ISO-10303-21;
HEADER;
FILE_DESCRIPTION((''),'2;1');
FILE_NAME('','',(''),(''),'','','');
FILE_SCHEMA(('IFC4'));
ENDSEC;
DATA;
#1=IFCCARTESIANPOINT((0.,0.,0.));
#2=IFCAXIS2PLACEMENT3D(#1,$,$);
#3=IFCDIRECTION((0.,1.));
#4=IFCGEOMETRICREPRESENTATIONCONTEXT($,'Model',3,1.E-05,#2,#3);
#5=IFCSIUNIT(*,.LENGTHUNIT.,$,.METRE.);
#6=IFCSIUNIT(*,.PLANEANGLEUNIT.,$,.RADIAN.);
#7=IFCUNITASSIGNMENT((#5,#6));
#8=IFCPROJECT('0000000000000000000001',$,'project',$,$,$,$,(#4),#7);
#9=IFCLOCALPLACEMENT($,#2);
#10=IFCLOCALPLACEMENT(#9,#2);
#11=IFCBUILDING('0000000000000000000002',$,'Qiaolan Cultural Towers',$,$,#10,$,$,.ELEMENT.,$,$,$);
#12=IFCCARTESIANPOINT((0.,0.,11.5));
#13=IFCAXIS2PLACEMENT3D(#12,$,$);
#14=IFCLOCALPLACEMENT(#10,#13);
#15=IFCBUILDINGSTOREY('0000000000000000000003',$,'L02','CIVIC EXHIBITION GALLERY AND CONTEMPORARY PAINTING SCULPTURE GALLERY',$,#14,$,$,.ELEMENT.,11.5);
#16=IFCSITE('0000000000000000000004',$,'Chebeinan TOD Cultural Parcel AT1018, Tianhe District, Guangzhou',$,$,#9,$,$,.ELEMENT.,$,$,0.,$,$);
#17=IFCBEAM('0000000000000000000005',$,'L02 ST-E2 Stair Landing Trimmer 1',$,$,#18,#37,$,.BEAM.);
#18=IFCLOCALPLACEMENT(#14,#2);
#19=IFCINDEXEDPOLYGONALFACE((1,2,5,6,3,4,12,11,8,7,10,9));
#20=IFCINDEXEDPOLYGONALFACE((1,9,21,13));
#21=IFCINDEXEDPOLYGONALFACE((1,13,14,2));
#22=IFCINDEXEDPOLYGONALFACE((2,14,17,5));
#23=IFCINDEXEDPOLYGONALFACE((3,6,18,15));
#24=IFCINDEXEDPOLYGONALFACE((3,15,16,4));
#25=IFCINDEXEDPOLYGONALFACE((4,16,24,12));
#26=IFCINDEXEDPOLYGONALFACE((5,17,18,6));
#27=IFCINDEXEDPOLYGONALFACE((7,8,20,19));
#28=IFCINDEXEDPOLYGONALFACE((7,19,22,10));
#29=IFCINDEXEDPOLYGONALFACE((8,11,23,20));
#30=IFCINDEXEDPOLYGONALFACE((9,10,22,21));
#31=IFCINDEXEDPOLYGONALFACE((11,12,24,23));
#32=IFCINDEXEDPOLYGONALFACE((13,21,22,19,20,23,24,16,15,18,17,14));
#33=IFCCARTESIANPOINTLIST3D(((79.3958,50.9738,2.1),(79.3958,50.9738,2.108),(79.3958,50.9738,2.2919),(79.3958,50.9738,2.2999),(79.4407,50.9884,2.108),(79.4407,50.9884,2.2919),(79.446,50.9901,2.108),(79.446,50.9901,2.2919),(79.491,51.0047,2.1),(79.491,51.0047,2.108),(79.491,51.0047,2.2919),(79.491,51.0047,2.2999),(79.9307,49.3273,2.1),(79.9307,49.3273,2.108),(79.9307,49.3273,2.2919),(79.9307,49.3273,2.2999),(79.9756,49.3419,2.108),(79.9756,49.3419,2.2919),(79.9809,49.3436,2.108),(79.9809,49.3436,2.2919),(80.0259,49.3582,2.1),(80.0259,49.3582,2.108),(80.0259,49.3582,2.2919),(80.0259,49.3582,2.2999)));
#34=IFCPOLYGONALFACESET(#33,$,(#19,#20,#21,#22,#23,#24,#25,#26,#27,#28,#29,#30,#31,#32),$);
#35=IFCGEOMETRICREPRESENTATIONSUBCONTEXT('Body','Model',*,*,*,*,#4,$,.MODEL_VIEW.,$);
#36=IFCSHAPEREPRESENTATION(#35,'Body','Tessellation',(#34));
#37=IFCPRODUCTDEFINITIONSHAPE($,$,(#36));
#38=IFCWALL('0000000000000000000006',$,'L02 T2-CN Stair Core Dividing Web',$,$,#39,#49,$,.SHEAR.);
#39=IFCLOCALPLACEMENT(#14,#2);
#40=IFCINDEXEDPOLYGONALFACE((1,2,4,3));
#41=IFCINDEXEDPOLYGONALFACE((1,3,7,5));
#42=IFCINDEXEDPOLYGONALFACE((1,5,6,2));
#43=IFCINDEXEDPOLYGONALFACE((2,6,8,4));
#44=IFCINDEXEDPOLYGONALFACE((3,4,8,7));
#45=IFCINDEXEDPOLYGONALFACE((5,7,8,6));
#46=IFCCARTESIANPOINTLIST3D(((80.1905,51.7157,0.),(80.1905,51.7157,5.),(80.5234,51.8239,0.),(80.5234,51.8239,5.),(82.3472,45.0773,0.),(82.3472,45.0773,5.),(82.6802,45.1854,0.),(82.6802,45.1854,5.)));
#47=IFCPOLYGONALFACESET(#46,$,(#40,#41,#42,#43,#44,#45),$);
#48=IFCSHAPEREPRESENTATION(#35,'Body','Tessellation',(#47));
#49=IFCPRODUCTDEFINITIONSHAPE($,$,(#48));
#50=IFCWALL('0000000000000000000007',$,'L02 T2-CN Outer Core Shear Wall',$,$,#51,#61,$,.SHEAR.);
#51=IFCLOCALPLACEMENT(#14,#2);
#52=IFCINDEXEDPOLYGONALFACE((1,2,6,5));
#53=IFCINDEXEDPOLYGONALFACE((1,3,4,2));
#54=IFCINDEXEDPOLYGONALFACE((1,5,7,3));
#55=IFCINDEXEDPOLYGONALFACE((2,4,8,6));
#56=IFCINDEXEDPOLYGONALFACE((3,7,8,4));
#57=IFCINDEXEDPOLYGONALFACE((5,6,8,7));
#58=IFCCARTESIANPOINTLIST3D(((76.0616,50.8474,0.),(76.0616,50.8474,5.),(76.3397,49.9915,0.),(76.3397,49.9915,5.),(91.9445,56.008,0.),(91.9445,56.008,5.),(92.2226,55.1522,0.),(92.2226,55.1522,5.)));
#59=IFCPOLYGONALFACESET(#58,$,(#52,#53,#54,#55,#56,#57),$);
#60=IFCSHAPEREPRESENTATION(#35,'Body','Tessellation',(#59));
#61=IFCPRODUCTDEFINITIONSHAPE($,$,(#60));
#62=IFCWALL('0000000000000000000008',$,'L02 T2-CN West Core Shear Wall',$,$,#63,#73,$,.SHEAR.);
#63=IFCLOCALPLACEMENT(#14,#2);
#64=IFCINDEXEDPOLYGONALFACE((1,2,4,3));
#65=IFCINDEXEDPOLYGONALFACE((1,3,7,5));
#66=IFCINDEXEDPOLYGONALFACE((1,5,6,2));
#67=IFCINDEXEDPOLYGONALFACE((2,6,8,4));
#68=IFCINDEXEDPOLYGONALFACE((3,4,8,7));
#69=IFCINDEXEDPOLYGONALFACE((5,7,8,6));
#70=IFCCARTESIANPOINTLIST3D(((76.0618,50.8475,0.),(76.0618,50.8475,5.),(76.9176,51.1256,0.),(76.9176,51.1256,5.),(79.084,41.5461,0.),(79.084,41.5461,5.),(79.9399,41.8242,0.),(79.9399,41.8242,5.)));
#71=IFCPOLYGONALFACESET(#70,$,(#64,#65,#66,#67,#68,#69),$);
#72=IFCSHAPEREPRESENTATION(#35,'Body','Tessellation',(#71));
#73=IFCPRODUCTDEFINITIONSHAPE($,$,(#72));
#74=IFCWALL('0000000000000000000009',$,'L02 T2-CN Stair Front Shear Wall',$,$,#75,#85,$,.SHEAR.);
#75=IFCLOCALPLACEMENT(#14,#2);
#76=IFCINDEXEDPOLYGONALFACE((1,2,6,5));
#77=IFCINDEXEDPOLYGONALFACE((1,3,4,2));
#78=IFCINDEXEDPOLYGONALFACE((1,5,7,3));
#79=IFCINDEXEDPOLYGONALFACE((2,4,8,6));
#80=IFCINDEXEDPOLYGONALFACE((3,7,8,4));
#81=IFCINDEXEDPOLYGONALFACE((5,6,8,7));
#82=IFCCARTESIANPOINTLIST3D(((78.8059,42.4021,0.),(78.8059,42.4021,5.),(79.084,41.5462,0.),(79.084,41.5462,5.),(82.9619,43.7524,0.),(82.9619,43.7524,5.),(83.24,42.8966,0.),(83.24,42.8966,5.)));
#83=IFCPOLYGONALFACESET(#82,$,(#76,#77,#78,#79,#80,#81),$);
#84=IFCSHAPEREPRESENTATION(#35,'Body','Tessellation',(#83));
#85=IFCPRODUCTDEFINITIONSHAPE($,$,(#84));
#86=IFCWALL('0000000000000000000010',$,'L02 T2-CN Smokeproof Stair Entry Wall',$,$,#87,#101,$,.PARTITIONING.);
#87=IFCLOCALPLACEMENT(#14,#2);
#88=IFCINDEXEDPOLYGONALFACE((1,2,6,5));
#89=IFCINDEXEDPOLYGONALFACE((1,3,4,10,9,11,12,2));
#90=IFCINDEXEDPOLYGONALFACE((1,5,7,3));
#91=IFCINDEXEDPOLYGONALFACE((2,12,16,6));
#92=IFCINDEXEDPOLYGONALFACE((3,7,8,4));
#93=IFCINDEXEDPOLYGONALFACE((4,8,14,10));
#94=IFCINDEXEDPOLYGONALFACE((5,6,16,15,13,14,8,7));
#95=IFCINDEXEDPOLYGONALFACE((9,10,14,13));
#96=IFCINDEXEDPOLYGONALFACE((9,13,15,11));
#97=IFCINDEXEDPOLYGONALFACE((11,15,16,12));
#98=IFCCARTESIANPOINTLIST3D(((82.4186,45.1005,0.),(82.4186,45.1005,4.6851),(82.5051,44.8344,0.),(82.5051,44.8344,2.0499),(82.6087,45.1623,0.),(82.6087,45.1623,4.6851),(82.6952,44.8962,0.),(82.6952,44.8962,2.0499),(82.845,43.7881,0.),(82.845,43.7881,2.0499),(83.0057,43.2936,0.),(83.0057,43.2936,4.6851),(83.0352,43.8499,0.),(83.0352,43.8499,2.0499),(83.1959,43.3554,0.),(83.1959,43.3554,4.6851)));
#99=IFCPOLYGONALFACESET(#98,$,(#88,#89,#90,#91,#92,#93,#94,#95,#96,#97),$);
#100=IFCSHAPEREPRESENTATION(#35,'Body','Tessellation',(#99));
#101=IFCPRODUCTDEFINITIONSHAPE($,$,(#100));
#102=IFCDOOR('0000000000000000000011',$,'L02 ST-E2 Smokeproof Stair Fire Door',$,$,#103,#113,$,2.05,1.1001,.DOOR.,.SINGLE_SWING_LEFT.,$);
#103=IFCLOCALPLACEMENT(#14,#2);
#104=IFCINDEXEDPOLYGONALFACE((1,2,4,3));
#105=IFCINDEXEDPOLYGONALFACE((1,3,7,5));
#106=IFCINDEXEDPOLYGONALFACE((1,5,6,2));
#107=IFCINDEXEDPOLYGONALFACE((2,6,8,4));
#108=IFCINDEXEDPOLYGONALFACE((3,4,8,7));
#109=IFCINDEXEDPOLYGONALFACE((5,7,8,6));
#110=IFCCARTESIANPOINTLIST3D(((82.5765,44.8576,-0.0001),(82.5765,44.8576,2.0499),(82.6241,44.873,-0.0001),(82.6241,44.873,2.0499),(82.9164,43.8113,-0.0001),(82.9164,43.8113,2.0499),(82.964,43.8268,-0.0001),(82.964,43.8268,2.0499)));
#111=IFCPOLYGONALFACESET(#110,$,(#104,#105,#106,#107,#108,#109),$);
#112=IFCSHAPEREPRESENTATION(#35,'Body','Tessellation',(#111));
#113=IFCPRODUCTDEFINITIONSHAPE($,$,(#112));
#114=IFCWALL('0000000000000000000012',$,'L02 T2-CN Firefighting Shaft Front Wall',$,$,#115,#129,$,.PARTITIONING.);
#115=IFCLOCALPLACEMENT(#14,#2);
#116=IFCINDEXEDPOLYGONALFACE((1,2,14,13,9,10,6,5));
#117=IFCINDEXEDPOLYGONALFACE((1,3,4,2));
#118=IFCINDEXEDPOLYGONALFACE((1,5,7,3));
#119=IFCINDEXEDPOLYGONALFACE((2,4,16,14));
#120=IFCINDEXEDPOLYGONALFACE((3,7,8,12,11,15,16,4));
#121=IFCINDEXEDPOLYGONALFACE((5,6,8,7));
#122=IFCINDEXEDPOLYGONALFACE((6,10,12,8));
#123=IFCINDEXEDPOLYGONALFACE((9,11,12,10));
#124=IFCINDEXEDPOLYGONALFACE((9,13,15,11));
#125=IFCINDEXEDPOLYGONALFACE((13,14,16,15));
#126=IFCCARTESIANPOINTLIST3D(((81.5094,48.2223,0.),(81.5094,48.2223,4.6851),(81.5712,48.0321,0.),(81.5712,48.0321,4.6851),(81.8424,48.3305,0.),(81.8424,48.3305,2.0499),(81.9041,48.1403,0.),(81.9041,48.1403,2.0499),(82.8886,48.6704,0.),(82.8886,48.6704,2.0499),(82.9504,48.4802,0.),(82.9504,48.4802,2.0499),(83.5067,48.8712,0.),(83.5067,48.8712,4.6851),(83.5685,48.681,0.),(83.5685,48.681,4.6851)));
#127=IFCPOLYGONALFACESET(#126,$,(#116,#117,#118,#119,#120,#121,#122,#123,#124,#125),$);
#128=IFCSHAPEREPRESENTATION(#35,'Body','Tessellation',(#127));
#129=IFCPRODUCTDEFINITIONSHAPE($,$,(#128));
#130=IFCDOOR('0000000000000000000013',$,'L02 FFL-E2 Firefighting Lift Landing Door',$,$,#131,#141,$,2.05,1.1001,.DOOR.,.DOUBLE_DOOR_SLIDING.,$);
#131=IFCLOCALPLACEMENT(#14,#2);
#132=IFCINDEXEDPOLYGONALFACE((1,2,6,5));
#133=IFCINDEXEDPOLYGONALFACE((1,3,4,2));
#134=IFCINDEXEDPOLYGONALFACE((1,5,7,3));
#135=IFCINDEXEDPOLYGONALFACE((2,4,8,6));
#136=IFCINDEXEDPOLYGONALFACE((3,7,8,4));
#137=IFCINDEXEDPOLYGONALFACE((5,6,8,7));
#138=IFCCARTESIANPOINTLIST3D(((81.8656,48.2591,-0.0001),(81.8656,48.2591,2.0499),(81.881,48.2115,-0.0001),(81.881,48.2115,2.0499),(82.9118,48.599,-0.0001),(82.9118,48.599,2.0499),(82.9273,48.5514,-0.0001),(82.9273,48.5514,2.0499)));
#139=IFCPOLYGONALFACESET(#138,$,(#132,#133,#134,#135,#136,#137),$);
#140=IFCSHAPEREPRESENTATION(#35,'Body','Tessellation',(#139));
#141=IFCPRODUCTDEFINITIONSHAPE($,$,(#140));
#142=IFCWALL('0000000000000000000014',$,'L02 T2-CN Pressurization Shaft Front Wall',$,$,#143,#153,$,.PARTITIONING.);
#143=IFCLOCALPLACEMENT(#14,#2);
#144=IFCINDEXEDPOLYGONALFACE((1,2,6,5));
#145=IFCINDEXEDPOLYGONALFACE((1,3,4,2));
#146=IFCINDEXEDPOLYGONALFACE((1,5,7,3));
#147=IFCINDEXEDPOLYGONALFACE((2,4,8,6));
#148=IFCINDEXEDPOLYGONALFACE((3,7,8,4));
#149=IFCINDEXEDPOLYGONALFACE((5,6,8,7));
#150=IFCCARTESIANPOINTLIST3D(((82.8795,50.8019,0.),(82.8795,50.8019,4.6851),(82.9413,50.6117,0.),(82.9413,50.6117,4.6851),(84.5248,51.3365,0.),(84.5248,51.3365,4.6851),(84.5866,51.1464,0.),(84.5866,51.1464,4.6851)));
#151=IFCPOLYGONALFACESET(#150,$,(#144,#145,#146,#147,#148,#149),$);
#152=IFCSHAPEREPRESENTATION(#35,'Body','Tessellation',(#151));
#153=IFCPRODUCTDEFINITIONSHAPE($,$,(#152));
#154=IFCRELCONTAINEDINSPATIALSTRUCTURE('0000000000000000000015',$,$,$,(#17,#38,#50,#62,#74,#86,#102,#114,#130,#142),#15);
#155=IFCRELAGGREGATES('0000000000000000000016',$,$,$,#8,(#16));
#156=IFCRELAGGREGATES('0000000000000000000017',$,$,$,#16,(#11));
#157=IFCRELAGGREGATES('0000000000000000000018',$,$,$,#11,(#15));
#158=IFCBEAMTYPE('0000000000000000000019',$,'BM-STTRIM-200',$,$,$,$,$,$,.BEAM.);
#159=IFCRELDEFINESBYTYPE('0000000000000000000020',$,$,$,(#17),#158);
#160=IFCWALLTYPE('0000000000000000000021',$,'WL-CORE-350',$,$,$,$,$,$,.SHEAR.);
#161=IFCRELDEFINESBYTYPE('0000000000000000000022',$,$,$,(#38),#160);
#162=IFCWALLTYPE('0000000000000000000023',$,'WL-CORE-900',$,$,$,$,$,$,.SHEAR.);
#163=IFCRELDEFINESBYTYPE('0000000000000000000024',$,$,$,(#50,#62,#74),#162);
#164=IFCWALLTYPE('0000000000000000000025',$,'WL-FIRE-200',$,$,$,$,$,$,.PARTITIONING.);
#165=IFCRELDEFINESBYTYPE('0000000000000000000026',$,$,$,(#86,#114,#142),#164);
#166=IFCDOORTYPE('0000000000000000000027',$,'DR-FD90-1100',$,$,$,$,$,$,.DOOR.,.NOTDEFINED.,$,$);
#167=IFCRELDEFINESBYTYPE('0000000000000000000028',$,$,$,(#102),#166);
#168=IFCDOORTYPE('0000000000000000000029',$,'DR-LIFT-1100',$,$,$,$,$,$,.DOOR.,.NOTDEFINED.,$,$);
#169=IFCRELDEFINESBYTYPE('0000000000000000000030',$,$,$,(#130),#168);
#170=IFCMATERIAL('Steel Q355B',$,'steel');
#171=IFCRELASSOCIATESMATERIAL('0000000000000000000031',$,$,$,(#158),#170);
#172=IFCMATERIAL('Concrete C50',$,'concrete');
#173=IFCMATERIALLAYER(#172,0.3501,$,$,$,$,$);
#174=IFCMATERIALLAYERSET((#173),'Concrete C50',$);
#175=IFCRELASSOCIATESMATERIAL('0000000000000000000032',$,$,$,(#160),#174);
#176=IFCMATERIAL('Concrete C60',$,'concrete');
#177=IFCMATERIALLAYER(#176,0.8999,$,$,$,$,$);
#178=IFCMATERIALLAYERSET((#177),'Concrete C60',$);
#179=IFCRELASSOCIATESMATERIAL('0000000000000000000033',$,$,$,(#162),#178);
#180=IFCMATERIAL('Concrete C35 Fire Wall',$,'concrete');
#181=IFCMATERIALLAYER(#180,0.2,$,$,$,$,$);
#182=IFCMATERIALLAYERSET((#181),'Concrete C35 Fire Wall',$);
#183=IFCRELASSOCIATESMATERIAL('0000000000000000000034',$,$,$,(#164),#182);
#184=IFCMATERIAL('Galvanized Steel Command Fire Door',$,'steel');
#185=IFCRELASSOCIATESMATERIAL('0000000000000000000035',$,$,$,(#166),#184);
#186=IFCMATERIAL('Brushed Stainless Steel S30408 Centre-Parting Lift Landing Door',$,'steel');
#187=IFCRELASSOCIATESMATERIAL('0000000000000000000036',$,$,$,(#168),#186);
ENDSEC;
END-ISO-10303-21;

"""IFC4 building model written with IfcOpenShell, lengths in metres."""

from ifc_helpers import new_model, si_unit, direction, frame, frame_2d, origin, origin_2d, place, context, subcontext, project, spatial, rectangle, i_section, extrude, material, layer, layer_set, material_profile, profile_set, type_object, element, fill, save


model = new_model("IFC4")

# Units and contexts
model_context = context("Model", 3, precision=1e-05, world=origin(), true_north=direction((0.0, 1.0)))
body_context = subcontext(model_context, "Body", "Model", "MODEL_VIEW")
ifc_project = project(units=[si_unit("LENGTHUNIT", "METRE"), si_unit("PLANEANGLEUNIT", "RADIAN")], contexts=[model_context])

# Site, building, storey
site_placement = place(None, origin())
site = spatial("IfcSite", under=ifc_project, at=site_placement, Name="Chebeinan TOD Cultural Parcel AT1018, Tianhe District, Guangzhou", CompositionType="ELEMENT", RefElevation=0.0)
building_placement = place(site_placement, origin())
building = spatial("IfcBuilding", under=site, at=building_placement, Name="Qiaolan Cultural Towers", CompositionType="ELEMENT")
storey_placement = place(building_placement, frame((0.0, 0.0, 11.5)))
storey = spatial("IfcBuildingStorey", under=building, at=storey_placement, Name="L02", Description="CIVIC EXHIBITION GALLERY AND CONTEMPORARY PAINTING SCULPTURE GALLERY", CompositionType="ELEMENT", Elevation=11.5)

# Beam
ifc_material_1 = material(Name="Steel Q355B", Category="steel")
ifc_material_profile_1 = material_profile(ifc_material_1, i_section(OverallWidth=0.1001, OverallDepth=0.2, WebThickness=0.0056, FlangeThickness=0.0081, at=origin_2d()), Name="HN200x100x5.5x8")
ifc_profile_set_1 = profile_set([ifc_material_profile_1], Name="Steel Q355B")
beam_type = type_object("IfcBeamType", Name="BM-STTRIM-200", PredefinedType="BEAM", material=ifc_profile_set_1)
beam_1_placement = place(storey_placement, frame((79.9783, 49.3428, 2.2), z_axis=(-0.308984, 0.951067, 0.0), x_axis=(-0.951067, -0.308984, 0.0)))
element("IfcBeam", 1, at=beam_1_placement, inside=storey, type_object=beam_type, Name="L02 ST-E2 Stair Landing Trimmer 1", PredefinedType="BEAM", context=body_context, shape_type="SweptSolid", body=[
    extrude(i_section(OverallWidth=0.1001, OverallDepth=0.2, WebThickness=0.0056, FlangeThickness=0.0081, at=origin_2d()), origin(), (0.0, 0.0, 1.0), 1.7312),
])

# Walls
ifc_material_2 = material(Name="Concrete C50", Category="concrete")
ifc_layer_1 = layer(ifc_material_2, 0.3501)
ifc_layer_set_1 = layer_set([ifc_layer_1], Name="Concrete C50")
wall_type_1 = type_object("IfcWallType", Name="WL-CORE-350", PredefinedType="SHEAR", material=ifc_layer_set_1)
wall_1_placement = place(storey_placement, frame((82.5137, 45.1313, 0.0), z_axis=(0.0, 0.0, 1.0), x_axis=(-0.308989, 0.951066, 0.0)))
element("IfcWall", 2, at=wall_1_placement, inside=storey, type_object=wall_type_1, Name="L02 T2-CN Stair Core Dividing Web", PredefinedType="SHEAR", context=body_context, shape_type="SweptSolid", body=[
    extrude(rectangle(XDim=6.98, YDim=0.3501, at=frame_2d((3.49, 0.0))), origin(), (0.0, 0.0, 1.0), 5.0),
])
ifc_material_3 = material(Name="Concrete C60", Category="concrete")
ifc_layer_2 = layer(ifc_material_3, 0.8999)
ifc_layer_set_2 = layer_set([ifc_layer_2], Name="Concrete C60")
wall_type_2 = type_object("IfcWallType", Name="WL-CORE-900", PredefinedType="SHEAR", material=ifc_layer_set_2)
wall_2_placement = place(storey_placement, frame((76.2007, 50.4194, 0.0), z_axis=(0.0, 0.0, 1.0), x_axis=(0.951056, 0.309017, 0.0)))
element("IfcWall", 3, at=wall_2_placement, inside=storey, type_object=wall_type_2, Name="L02 T2-CN Outer Core Shear Wall", PredefinedType="SHEAR", context=body_context, shape_type="SweptSolid", body=[
    extrude(rectangle(XDim=16.7002, YDim=0.8999, at=frame_2d((8.3501, 0.0))), origin(), (0.0, 0.0, 1.0), 5.0),
])
wall_3_placement = place(storey_placement, frame((79.512, 41.6851, 0.0), z_axis=(0.0, 0.0, 1.0), x_axis=(-0.309022, 0.951055, 0.0)))
element("IfcWall", 4, at=wall_3_placement, inside=storey, type_object=wall_type_2, Name="L02 T2-CN West Core Shear Wall", PredefinedType="SHEAR", context=body_context, shape_type="SweptSolid", body=[
    extrude(rectangle(XDim=9.78, YDim=0.8999, at=frame_2d((4.8901, 0.0))), origin(), (0.0, 0.0, 1.0), 5.0),
])
wall_4_placement = place(storey_placement, frame((78.9448, 41.9741, 0.0), z_axis=(0.0, 0.0, 1.0), x_axis=(0.951058, 0.309012, 0.0)))
element("IfcWall", 5, at=wall_4_placement, inside=storey, type_object=wall_type_2, Name="L02 T2-CN Stair Front Shear Wall", PredefinedType="SHEAR", context=body_context, shape_type="SweptSolid", body=[
    extrude(rectangle(XDim=4.3699, YDim=0.8999, at=frame_2d((2.1851, 0.0))), origin(), (0.0, 0.0, 1.0), 5.0),
])

# Walls, openings, doors
ifc_material_4 = material(Name="Concrete C35 Fire Wall", Category="concrete")
ifc_layer_3 = layer(ifc_material_4, 0.2)
ifc_layer_set_3 = layer_set([ifc_layer_3], Name="Concrete C35 Fire Wall")
wall_type_3 = type_object("IfcWallType", Name="WL-FIRE-200", PredefinedType="PARTITIONING", material=ifc_layer_set_3)
wall_5_placement = place(storey_placement, frame((83.1008, 43.3245, 0.0), z_axis=(0.0, 0.0, 1.0), x_axis=(-0.309048, 0.951046, 0.0)))
wall_5 = element("IfcWall", 6, at=wall_5_placement, inside=storey, type_object=wall_type_3, Name="L02 T2-CN Smokeproof Stair Entry Wall", PredefinedType="PARTITIONING", context=body_context, shape_type="SweptSolid", body=[
    extrude(rectangle(XDim=1.8999, YDim=0.2, at=frame_2d((0.95, 0.0))), origin(), (0.0, 0.0, 1.0), 4.6851),
])
opening_1_placement = place(wall_5_placement, frame((0.52, 0.0, 0.0)))
opening_1 = element("IfcOpeningElement", 7, at=opening_1_placement, cuts=wall_5, PredefinedType="OPENING", context=body_context, shape_type="SweptSolid", body=[
    extrude(rectangle(XDim=1.1001, YDim=2.05, at=frame_2d((0.55, 1.0249))), frame((0.0, 0.1099, 0.0), z_axis=(0.0, -1.0, 0.0), x_axis=(1.0, 0.0, 0.0)), (0.0, 0.0, 1.0), 0.22),
])
ifc_material_5 = material(Name="Galvanized Steel Command Fire Door", Category="steel")
door_type_1 = type_object("IfcDoorType", Name="DR-FD90-1100", OperationType="NOTDEFINED", PredefinedType="DOOR", material=ifc_material_5)
door_1_placement = place(opening_1_placement, origin())
door_1 = element("IfcDoor", 8, at=door_1_placement, inside=storey, type_object=door_type_1, Name="L02 ST-E2 Smokeproof Stair Fire Door", OperationType="SINGLE_SWING_LEFT", OverallHeight=2.05, OverallWidth=1.1001, PredefinedType="DOOR", context=body_context, shape_type="SweptSolid", body=[
    extrude(rectangle(XDim=1.1001, YDim=2.05, at=frame_2d((0.55, 1.0249))), frame((0.0, 0.0249, 0.0), z_axis=(0.0, -1.0, 0.0), x_axis=(1.0, 0.0, 0.0)), (0.0, 0.0, 1.0), 0.05),
])
fill(opening_1, door_1)
wall_6_placement = place(storey_placement, frame((81.5403, 48.1272, 0.0), z_axis=(0.0, 0.0, 1.0), x_axis=(0.951062, 0.308999, 0.0)))
wall_6 = element("IfcWall", 9, at=wall_6_placement, inside=storey, type_object=wall_type_3, Name="L02 T2-CN Firefighting Shaft Front Wall", PredefinedType="PARTITIONING", context=body_context, shape_type="SweptSolid", body=[
    extrude(rectangle(XDim=2.1001, YDim=0.2, at=frame_2d((1.05, 0.0))), origin(), (0.0, 0.0, 1.0), 4.6851),
])
opening_2_placement = place(wall_6_placement, frame((0.3501, 0.0, 0.0)))
opening_2 = element("IfcOpeningElement", 10, at=opening_2_placement, cuts=wall_6, PredefinedType="OPENING", context=body_context, shape_type="SweptSolid", body=[
    extrude(rectangle(XDim=1.1001, YDim=2.05, at=frame_2d((0.55, 1.0249))), frame((0.0, 0.1099, 0.0), z_axis=(0.0, -1.0, 0.0), x_axis=(1.0, 0.0, 0.0)), (0.0, 0.0, 1.0), 0.22),
])
ifc_material_6 = material(Name="Brushed Stainless Steel S30408 Centre-Parting Lift Landing Door", Category="steel")
door_type_2 = type_object("IfcDoorType", Name="DR-LIFT-1100", OperationType="NOTDEFINED", PredefinedType="DOOR", material=ifc_material_6)
door_2_placement = place(opening_2_placement, origin())
door_2 = element("IfcDoor", 11, at=door_2_placement, inside=storey, type_object=door_type_2, Name="L02 FFL-E2 Firefighting Lift Landing Door", OperationType="DOUBLE_DOOR_SLIDING", OverallHeight=2.05, OverallWidth=1.1001, PredefinedType="DOOR", context=body_context, shape_type="SweptSolid", body=[
    extrude(rectangle(XDim=1.1001, YDim=2.05, at=frame_2d((0.55, 1.0249))), frame((0.0, 0.0249, 0.0), z_axis=(0.0, -1.0, 0.0), x_axis=(1.0, 0.0, 0.0)), (0.0, 0.0, 1.0), 0.05),
])
fill(opening_2, door_2)

# Wall
wall_7_placement = place(storey_placement, frame((82.9104, 50.7068, 0.0), z_axis=(0.0, 0.0, 1.0), x_axis=(0.951041, 0.309064, 0.0)))
element("IfcWall", 12, at=wall_7_placement, inside=storey, type_object=wall_type_3, Name="L02 T2-CN Pressurization Shaft Front Wall", PredefinedType="PARTITIONING", context=body_context, shape_type="SweptSolid", body=[
    extrude(rectangle(XDim=1.73, YDim=0.2, at=frame_2d((0.865, 0.0))), origin(), (0.0, 0.0, 1.0), 4.6851),
])

save(model, "model.ifc")
